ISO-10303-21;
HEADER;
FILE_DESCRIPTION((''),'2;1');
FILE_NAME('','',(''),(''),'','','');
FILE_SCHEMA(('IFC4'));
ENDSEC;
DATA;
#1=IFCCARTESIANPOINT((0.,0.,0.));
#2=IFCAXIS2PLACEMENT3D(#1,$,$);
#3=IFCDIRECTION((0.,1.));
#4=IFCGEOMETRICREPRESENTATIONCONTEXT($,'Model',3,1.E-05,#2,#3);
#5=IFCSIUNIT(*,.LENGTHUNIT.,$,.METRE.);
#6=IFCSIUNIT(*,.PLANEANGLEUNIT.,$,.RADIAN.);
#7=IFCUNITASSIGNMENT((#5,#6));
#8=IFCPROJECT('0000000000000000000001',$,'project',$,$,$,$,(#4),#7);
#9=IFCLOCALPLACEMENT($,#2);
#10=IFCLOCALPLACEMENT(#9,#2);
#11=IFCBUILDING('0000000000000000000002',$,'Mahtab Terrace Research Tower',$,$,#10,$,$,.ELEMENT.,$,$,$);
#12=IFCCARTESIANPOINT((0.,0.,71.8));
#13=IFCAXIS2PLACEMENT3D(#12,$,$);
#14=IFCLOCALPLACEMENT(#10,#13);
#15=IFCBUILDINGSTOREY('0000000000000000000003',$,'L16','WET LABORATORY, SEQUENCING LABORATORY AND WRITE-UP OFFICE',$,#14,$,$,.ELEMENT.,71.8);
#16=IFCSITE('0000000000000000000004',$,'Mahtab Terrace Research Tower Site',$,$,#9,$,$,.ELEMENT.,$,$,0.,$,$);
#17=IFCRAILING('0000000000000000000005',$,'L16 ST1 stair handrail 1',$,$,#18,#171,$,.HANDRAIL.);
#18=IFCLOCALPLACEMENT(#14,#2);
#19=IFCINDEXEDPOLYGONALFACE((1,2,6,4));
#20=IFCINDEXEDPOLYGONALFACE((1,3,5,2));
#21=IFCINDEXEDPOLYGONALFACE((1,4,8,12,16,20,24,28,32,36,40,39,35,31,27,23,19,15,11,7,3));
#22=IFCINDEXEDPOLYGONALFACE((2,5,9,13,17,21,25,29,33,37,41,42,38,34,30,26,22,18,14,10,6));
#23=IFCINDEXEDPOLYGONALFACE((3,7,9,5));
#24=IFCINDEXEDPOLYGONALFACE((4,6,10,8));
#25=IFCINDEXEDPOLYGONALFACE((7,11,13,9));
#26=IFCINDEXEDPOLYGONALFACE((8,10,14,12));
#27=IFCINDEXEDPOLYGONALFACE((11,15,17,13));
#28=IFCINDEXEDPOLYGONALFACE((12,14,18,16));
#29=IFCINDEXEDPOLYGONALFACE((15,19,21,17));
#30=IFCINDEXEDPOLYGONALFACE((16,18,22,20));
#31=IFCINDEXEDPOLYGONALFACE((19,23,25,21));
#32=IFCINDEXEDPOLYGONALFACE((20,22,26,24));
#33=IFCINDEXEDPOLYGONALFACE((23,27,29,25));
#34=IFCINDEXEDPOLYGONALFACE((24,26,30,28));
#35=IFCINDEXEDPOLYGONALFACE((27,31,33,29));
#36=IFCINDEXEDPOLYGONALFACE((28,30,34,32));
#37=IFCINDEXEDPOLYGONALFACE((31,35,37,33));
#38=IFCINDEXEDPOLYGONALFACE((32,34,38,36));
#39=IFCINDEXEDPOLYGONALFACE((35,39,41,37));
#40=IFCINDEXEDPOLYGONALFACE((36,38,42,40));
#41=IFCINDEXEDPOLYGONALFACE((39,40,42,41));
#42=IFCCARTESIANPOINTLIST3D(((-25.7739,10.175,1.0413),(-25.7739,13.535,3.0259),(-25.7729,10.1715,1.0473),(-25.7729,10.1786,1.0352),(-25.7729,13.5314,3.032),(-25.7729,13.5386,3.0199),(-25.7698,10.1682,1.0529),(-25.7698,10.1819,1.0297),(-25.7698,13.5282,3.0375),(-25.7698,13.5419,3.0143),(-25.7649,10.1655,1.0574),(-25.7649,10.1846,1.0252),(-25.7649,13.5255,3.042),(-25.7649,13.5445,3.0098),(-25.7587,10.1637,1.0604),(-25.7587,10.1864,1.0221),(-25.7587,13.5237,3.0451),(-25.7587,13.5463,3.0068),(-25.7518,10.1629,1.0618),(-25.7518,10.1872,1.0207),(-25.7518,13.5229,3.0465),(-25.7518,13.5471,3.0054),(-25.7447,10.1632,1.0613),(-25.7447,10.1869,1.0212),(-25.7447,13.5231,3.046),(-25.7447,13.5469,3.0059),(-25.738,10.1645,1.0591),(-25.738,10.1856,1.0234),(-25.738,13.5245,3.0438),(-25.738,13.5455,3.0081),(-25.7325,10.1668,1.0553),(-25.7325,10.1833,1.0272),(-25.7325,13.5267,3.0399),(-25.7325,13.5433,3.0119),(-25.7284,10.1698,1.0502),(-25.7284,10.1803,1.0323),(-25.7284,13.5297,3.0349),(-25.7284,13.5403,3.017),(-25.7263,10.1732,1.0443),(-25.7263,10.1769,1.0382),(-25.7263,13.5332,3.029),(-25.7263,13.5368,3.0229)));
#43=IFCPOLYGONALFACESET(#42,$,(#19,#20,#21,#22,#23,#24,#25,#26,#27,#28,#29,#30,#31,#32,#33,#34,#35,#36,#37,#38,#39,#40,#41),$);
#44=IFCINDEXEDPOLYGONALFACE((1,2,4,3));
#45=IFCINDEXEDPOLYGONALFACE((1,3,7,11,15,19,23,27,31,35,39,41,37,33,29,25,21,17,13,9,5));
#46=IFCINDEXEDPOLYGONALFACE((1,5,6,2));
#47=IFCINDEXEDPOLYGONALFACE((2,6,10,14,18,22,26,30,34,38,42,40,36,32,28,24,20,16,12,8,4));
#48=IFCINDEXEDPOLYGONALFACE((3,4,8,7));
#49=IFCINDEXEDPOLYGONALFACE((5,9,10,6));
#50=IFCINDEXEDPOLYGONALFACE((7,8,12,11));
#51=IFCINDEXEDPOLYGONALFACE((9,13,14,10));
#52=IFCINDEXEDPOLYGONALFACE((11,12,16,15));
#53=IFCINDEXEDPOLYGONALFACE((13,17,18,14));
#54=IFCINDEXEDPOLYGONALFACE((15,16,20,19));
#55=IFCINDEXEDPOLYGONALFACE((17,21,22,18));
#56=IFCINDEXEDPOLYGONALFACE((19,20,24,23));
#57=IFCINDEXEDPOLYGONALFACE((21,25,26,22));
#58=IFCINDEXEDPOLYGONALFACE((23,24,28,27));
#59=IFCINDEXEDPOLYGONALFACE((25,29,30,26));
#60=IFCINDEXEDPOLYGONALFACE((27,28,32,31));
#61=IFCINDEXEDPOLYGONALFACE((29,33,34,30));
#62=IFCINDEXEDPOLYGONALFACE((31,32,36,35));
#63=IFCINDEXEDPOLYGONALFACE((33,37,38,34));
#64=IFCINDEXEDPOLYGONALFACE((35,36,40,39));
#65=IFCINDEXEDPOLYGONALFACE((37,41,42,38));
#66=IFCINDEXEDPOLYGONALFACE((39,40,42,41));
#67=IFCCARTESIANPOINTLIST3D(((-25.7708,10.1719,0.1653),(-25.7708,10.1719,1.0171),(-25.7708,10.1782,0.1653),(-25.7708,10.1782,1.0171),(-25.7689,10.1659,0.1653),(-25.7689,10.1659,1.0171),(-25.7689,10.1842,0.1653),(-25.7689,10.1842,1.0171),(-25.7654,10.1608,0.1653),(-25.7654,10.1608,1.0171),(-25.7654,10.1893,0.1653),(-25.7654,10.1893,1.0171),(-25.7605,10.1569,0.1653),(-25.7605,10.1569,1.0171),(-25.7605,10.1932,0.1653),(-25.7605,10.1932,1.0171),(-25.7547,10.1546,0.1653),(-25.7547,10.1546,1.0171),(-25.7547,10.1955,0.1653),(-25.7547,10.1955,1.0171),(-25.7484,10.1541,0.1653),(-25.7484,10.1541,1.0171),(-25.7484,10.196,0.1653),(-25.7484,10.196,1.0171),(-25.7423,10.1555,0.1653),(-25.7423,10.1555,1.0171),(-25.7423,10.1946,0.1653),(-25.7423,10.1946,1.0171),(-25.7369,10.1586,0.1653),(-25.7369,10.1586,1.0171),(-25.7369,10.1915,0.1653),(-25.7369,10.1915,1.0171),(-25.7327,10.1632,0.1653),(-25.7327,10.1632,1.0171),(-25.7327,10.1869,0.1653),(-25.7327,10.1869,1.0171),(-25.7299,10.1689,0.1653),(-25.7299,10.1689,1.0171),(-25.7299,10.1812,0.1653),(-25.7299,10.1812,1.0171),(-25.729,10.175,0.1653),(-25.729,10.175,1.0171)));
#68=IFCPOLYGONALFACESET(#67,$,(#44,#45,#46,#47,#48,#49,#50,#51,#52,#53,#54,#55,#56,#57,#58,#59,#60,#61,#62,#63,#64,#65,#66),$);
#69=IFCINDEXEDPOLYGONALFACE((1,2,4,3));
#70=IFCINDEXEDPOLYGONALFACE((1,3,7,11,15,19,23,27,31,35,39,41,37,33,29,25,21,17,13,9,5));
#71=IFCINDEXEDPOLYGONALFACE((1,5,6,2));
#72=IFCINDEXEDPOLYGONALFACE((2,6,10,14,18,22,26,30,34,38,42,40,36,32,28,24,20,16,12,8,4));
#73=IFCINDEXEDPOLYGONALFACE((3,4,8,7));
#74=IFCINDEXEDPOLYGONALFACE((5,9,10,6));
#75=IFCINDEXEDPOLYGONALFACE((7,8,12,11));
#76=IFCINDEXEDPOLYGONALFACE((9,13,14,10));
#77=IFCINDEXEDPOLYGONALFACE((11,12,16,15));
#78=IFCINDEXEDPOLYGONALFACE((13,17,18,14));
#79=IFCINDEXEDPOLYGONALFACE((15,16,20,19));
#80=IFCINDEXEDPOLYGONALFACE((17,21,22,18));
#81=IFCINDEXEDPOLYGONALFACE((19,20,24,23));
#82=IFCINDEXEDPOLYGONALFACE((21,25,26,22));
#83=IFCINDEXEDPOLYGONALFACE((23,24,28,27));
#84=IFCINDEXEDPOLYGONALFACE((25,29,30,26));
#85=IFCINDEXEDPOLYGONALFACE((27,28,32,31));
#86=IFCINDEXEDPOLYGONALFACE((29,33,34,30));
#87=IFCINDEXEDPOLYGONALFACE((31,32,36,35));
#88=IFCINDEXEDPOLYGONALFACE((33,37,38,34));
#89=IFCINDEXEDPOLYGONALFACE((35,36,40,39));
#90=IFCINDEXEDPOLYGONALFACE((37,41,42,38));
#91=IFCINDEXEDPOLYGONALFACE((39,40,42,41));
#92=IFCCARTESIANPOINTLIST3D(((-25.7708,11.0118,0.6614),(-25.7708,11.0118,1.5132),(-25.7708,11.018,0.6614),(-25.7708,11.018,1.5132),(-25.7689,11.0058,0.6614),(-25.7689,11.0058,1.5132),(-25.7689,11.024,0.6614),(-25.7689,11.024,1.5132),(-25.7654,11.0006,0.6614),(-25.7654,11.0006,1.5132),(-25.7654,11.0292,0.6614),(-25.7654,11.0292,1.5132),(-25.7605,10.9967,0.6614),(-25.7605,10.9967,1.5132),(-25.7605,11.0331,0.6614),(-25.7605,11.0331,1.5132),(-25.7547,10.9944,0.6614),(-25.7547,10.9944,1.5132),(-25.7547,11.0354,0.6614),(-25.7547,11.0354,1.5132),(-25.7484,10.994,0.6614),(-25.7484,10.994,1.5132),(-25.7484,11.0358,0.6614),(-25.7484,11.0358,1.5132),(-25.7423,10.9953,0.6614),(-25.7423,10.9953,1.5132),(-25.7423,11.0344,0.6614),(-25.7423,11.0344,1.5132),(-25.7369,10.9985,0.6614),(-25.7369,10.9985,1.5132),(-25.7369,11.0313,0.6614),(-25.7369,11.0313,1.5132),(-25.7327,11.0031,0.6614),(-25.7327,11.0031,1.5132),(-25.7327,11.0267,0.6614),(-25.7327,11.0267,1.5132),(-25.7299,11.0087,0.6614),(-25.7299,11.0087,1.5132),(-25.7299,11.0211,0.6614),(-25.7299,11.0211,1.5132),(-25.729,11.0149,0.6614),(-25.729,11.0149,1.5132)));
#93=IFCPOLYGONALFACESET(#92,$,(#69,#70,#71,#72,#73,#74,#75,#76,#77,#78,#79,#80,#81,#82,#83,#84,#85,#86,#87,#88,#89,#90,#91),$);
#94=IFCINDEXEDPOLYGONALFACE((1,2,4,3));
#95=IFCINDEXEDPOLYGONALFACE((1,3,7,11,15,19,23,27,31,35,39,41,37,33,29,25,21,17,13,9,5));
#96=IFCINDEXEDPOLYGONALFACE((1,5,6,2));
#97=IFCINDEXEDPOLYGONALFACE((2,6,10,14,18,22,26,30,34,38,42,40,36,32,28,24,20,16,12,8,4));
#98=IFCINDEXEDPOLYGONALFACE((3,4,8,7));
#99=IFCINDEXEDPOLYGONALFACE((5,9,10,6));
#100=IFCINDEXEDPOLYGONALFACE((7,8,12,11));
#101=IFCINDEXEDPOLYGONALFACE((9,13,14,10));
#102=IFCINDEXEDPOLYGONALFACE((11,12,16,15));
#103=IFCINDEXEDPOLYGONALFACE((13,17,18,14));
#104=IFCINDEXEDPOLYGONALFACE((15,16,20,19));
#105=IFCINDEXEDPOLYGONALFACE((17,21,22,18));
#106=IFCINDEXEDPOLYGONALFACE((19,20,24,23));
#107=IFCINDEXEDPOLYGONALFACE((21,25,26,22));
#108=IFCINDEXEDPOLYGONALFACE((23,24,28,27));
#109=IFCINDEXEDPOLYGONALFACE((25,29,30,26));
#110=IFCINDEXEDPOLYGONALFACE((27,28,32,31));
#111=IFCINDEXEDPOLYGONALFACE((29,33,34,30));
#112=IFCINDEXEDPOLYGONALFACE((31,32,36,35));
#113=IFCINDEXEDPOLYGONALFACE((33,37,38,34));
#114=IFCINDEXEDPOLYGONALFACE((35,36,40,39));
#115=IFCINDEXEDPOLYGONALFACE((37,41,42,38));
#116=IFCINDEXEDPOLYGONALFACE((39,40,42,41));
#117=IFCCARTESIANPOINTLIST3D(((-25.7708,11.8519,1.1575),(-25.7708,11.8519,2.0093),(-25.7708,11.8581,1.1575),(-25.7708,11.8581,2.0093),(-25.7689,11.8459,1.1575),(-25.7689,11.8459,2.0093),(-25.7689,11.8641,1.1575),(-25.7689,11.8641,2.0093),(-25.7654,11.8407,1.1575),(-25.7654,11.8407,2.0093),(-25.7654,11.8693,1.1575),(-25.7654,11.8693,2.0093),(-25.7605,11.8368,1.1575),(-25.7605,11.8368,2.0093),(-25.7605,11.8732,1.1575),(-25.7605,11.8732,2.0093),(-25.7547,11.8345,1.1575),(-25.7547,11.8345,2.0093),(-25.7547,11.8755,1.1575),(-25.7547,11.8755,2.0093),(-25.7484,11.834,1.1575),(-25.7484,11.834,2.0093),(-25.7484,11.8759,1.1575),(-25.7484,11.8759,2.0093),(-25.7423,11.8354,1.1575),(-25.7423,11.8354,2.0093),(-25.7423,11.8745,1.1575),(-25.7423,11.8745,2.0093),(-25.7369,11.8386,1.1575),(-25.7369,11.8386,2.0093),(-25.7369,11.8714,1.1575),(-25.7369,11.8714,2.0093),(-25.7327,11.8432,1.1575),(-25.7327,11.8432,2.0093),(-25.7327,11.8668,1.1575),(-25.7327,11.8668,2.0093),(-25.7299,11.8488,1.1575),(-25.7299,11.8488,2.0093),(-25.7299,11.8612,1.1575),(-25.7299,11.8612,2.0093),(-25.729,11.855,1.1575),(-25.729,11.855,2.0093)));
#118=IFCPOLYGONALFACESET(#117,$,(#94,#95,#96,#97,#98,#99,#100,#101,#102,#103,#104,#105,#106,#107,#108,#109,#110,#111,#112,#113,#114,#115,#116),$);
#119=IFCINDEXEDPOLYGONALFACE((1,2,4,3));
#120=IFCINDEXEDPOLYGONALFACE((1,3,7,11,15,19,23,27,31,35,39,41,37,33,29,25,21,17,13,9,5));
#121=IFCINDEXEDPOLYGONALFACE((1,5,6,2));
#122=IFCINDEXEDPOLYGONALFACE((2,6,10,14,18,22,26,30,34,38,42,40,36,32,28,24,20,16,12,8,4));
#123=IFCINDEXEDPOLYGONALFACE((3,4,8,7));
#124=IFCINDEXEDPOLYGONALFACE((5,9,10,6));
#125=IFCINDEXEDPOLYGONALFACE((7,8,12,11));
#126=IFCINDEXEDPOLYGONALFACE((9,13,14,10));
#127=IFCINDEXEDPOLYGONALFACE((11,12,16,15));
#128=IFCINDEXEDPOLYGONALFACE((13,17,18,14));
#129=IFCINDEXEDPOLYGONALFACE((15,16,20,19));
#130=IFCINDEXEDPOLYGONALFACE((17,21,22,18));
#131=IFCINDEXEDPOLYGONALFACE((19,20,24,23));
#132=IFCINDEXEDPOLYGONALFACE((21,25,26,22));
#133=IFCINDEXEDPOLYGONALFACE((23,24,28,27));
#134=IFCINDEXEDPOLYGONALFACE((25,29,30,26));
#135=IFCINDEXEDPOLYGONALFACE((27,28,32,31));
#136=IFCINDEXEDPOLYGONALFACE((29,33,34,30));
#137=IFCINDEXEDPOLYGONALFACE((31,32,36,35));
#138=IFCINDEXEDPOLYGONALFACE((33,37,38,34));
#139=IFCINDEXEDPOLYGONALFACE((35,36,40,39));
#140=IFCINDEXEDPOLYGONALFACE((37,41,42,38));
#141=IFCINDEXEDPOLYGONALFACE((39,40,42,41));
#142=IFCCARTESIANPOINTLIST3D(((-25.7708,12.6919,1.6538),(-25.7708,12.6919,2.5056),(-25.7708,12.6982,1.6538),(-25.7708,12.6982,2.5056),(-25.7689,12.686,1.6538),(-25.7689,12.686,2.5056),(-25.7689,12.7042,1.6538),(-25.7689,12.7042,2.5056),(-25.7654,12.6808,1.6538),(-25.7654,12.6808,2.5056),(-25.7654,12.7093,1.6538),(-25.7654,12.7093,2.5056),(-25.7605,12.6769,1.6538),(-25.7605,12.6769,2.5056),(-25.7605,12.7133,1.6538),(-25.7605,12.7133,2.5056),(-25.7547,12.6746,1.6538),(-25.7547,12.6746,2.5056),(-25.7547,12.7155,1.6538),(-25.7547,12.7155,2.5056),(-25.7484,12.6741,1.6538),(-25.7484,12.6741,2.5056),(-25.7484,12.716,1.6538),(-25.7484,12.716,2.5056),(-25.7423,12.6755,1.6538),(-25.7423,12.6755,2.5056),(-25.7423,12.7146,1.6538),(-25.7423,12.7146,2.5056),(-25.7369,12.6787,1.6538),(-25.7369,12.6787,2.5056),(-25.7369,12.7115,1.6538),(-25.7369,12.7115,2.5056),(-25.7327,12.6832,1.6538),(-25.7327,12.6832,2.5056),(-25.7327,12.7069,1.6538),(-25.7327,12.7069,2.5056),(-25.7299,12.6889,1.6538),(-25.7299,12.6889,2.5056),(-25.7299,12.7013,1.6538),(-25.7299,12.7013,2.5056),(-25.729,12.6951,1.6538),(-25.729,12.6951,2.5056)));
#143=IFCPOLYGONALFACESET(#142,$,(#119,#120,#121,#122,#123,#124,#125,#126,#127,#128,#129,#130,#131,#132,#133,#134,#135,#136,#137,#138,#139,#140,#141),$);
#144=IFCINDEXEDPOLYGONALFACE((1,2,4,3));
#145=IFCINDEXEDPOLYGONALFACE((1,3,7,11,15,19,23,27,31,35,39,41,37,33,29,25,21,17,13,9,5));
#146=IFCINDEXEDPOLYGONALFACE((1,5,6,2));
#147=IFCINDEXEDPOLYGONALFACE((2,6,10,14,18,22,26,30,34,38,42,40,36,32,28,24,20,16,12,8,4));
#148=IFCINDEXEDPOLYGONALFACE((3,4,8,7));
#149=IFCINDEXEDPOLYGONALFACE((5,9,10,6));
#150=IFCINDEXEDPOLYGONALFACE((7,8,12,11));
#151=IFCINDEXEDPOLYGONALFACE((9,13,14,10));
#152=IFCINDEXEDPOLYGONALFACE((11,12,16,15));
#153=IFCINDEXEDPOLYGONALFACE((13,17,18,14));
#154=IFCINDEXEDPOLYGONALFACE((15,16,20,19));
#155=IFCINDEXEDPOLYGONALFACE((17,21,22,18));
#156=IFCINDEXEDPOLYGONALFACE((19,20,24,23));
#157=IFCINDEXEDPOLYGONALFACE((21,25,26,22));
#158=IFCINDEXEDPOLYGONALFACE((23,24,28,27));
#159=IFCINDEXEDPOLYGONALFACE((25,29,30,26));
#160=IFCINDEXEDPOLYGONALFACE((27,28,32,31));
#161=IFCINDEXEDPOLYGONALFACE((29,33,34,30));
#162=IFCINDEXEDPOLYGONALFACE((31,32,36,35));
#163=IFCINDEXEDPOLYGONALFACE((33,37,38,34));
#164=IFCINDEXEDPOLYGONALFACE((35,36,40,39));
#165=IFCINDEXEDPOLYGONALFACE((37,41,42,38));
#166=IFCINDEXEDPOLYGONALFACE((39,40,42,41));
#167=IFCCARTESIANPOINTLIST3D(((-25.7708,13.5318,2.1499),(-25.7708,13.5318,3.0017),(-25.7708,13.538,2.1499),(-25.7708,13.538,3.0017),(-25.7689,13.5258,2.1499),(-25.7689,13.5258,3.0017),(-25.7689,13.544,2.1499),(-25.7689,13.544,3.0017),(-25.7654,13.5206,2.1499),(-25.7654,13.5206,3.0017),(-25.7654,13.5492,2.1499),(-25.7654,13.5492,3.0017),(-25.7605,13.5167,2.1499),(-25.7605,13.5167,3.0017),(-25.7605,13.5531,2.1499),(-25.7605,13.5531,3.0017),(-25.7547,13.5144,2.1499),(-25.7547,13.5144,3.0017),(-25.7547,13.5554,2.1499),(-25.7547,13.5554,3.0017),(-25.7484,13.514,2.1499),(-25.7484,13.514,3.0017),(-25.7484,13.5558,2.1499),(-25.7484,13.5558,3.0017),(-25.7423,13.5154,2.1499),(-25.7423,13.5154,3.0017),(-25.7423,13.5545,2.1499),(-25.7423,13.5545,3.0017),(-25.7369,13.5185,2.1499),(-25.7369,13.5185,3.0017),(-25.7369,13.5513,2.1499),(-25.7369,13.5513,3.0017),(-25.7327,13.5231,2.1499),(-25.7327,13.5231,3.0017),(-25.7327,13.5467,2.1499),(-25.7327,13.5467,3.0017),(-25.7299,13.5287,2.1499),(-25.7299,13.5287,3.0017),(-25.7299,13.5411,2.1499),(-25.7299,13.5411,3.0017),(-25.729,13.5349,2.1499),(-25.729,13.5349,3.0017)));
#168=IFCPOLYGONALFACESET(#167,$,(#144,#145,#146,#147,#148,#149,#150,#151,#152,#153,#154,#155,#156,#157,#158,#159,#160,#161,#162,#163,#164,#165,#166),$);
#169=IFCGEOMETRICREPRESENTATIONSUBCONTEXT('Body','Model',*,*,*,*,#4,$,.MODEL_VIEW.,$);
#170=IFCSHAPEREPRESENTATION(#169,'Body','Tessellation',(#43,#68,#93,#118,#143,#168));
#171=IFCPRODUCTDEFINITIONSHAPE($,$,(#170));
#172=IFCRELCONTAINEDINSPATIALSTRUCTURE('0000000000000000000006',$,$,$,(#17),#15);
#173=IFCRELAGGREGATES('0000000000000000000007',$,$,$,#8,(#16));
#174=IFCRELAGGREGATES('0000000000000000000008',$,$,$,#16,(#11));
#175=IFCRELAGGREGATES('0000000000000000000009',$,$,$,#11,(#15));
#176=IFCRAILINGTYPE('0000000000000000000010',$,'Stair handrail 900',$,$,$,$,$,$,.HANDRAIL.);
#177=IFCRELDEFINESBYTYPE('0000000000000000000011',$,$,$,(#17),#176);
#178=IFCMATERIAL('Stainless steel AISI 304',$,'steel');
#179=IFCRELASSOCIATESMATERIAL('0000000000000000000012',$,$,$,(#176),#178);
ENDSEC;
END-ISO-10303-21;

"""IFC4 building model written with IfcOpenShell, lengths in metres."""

from ifc_helpers import new_model, si_unit, direction, frame, origin, origin_2d, place, context, subcontext, project, spatial, circle, extrude, material, type_object, element, save


model = new_model("IFC4")

# Units and contexts
model_context = context("Model", 3, precision=1e-05, world=origin(), true_north=direction((0.0, 1.0)))
body_context = subcontext(model_context, "Body", "Model", "MODEL_VIEW")
ifc_project = project(units=[si_unit("LENGTHUNIT", "METRE"), si_unit("PLANEANGLEUNIT", "RADIAN")], contexts=[model_context])

# Site, building, storey
site_placement = place(None, origin())
site = spatial("IfcSite", under=ifc_project, at=site_placement, Name="Mahtab Terrace Research Tower Site", CompositionType="ELEMENT", RefElevation=0.0)
building_placement = place(site_placement, origin())
building = spatial("IfcBuilding", under=site, at=building_placement, Name="Mahtab Terrace Research Tower", CompositionType="ELEMENT")
storey_placement = place(building_placement, frame((0.0, 0.0, 71.8)))
storey = spatial("IfcBuildingStorey", under=building, at=storey_placement, Name="L16", Description="WET LABORATORY, SEQUENCING LABORATORY AND WRITE-UP OFFICE", CompositionType="ELEMENT", Elevation=71.8)

# Railing
ifc_material_1 = material(Name="Stainless steel AISI 304", Category="steel")
railing_type_1 = type_object("IfcRailingType", Name="Stair handrail 900", PredefinedType="HANDRAIL", material=ifc_material_1)
railing_1_placement = place(storey_placement, frame((-25.75, 10.175, 0.1653)))
element("IfcRailing", 1, at=railing_1_placement, inside=storey, type_object=railing_type_1, Name="L16 ST1 stair handrail 1", PredefinedType="HANDRAIL", context=body_context, shape_type="SweptSolid", body=[
    extrude(circle(Radius=0.0239, at=origin_2d()), frame((0.0, 0.0, 0.876), z_axis=(0.0, 0.861011, 0.508586), x_axis=(-1.0, 0.0, 0.0)), (0.0, 0.0, 1.0), 3.9023),
    extrude(circle(Radius=0.021, at=origin_2d()), origin(), (0.0, 0.0, 1.0), 0.8518),
    extrude(circle(Radius=0.021, at=origin_2d()), frame((0.0, 0.8398, 0.4961)), (0.0, 0.0, 1.0), 0.8518),
    extrude(circle(Radius=0.021, at=origin_2d()), frame((0.0, 1.6799, 0.9922)), (0.0, 0.0, 1.0), 0.8518),
    extrude(circle(Radius=0.021, at=origin_2d()), frame((0.0, 2.52, 1.4885)), (0.0, 0.0, 1.0), 0.8518),
    extrude(circle(Radius=0.021, at=origin_2d()), frame((0.0, 3.3599, 1.9846)), (0.0, 0.0, 1.0), 0.8518),
])

save(model, "model.ifc")
